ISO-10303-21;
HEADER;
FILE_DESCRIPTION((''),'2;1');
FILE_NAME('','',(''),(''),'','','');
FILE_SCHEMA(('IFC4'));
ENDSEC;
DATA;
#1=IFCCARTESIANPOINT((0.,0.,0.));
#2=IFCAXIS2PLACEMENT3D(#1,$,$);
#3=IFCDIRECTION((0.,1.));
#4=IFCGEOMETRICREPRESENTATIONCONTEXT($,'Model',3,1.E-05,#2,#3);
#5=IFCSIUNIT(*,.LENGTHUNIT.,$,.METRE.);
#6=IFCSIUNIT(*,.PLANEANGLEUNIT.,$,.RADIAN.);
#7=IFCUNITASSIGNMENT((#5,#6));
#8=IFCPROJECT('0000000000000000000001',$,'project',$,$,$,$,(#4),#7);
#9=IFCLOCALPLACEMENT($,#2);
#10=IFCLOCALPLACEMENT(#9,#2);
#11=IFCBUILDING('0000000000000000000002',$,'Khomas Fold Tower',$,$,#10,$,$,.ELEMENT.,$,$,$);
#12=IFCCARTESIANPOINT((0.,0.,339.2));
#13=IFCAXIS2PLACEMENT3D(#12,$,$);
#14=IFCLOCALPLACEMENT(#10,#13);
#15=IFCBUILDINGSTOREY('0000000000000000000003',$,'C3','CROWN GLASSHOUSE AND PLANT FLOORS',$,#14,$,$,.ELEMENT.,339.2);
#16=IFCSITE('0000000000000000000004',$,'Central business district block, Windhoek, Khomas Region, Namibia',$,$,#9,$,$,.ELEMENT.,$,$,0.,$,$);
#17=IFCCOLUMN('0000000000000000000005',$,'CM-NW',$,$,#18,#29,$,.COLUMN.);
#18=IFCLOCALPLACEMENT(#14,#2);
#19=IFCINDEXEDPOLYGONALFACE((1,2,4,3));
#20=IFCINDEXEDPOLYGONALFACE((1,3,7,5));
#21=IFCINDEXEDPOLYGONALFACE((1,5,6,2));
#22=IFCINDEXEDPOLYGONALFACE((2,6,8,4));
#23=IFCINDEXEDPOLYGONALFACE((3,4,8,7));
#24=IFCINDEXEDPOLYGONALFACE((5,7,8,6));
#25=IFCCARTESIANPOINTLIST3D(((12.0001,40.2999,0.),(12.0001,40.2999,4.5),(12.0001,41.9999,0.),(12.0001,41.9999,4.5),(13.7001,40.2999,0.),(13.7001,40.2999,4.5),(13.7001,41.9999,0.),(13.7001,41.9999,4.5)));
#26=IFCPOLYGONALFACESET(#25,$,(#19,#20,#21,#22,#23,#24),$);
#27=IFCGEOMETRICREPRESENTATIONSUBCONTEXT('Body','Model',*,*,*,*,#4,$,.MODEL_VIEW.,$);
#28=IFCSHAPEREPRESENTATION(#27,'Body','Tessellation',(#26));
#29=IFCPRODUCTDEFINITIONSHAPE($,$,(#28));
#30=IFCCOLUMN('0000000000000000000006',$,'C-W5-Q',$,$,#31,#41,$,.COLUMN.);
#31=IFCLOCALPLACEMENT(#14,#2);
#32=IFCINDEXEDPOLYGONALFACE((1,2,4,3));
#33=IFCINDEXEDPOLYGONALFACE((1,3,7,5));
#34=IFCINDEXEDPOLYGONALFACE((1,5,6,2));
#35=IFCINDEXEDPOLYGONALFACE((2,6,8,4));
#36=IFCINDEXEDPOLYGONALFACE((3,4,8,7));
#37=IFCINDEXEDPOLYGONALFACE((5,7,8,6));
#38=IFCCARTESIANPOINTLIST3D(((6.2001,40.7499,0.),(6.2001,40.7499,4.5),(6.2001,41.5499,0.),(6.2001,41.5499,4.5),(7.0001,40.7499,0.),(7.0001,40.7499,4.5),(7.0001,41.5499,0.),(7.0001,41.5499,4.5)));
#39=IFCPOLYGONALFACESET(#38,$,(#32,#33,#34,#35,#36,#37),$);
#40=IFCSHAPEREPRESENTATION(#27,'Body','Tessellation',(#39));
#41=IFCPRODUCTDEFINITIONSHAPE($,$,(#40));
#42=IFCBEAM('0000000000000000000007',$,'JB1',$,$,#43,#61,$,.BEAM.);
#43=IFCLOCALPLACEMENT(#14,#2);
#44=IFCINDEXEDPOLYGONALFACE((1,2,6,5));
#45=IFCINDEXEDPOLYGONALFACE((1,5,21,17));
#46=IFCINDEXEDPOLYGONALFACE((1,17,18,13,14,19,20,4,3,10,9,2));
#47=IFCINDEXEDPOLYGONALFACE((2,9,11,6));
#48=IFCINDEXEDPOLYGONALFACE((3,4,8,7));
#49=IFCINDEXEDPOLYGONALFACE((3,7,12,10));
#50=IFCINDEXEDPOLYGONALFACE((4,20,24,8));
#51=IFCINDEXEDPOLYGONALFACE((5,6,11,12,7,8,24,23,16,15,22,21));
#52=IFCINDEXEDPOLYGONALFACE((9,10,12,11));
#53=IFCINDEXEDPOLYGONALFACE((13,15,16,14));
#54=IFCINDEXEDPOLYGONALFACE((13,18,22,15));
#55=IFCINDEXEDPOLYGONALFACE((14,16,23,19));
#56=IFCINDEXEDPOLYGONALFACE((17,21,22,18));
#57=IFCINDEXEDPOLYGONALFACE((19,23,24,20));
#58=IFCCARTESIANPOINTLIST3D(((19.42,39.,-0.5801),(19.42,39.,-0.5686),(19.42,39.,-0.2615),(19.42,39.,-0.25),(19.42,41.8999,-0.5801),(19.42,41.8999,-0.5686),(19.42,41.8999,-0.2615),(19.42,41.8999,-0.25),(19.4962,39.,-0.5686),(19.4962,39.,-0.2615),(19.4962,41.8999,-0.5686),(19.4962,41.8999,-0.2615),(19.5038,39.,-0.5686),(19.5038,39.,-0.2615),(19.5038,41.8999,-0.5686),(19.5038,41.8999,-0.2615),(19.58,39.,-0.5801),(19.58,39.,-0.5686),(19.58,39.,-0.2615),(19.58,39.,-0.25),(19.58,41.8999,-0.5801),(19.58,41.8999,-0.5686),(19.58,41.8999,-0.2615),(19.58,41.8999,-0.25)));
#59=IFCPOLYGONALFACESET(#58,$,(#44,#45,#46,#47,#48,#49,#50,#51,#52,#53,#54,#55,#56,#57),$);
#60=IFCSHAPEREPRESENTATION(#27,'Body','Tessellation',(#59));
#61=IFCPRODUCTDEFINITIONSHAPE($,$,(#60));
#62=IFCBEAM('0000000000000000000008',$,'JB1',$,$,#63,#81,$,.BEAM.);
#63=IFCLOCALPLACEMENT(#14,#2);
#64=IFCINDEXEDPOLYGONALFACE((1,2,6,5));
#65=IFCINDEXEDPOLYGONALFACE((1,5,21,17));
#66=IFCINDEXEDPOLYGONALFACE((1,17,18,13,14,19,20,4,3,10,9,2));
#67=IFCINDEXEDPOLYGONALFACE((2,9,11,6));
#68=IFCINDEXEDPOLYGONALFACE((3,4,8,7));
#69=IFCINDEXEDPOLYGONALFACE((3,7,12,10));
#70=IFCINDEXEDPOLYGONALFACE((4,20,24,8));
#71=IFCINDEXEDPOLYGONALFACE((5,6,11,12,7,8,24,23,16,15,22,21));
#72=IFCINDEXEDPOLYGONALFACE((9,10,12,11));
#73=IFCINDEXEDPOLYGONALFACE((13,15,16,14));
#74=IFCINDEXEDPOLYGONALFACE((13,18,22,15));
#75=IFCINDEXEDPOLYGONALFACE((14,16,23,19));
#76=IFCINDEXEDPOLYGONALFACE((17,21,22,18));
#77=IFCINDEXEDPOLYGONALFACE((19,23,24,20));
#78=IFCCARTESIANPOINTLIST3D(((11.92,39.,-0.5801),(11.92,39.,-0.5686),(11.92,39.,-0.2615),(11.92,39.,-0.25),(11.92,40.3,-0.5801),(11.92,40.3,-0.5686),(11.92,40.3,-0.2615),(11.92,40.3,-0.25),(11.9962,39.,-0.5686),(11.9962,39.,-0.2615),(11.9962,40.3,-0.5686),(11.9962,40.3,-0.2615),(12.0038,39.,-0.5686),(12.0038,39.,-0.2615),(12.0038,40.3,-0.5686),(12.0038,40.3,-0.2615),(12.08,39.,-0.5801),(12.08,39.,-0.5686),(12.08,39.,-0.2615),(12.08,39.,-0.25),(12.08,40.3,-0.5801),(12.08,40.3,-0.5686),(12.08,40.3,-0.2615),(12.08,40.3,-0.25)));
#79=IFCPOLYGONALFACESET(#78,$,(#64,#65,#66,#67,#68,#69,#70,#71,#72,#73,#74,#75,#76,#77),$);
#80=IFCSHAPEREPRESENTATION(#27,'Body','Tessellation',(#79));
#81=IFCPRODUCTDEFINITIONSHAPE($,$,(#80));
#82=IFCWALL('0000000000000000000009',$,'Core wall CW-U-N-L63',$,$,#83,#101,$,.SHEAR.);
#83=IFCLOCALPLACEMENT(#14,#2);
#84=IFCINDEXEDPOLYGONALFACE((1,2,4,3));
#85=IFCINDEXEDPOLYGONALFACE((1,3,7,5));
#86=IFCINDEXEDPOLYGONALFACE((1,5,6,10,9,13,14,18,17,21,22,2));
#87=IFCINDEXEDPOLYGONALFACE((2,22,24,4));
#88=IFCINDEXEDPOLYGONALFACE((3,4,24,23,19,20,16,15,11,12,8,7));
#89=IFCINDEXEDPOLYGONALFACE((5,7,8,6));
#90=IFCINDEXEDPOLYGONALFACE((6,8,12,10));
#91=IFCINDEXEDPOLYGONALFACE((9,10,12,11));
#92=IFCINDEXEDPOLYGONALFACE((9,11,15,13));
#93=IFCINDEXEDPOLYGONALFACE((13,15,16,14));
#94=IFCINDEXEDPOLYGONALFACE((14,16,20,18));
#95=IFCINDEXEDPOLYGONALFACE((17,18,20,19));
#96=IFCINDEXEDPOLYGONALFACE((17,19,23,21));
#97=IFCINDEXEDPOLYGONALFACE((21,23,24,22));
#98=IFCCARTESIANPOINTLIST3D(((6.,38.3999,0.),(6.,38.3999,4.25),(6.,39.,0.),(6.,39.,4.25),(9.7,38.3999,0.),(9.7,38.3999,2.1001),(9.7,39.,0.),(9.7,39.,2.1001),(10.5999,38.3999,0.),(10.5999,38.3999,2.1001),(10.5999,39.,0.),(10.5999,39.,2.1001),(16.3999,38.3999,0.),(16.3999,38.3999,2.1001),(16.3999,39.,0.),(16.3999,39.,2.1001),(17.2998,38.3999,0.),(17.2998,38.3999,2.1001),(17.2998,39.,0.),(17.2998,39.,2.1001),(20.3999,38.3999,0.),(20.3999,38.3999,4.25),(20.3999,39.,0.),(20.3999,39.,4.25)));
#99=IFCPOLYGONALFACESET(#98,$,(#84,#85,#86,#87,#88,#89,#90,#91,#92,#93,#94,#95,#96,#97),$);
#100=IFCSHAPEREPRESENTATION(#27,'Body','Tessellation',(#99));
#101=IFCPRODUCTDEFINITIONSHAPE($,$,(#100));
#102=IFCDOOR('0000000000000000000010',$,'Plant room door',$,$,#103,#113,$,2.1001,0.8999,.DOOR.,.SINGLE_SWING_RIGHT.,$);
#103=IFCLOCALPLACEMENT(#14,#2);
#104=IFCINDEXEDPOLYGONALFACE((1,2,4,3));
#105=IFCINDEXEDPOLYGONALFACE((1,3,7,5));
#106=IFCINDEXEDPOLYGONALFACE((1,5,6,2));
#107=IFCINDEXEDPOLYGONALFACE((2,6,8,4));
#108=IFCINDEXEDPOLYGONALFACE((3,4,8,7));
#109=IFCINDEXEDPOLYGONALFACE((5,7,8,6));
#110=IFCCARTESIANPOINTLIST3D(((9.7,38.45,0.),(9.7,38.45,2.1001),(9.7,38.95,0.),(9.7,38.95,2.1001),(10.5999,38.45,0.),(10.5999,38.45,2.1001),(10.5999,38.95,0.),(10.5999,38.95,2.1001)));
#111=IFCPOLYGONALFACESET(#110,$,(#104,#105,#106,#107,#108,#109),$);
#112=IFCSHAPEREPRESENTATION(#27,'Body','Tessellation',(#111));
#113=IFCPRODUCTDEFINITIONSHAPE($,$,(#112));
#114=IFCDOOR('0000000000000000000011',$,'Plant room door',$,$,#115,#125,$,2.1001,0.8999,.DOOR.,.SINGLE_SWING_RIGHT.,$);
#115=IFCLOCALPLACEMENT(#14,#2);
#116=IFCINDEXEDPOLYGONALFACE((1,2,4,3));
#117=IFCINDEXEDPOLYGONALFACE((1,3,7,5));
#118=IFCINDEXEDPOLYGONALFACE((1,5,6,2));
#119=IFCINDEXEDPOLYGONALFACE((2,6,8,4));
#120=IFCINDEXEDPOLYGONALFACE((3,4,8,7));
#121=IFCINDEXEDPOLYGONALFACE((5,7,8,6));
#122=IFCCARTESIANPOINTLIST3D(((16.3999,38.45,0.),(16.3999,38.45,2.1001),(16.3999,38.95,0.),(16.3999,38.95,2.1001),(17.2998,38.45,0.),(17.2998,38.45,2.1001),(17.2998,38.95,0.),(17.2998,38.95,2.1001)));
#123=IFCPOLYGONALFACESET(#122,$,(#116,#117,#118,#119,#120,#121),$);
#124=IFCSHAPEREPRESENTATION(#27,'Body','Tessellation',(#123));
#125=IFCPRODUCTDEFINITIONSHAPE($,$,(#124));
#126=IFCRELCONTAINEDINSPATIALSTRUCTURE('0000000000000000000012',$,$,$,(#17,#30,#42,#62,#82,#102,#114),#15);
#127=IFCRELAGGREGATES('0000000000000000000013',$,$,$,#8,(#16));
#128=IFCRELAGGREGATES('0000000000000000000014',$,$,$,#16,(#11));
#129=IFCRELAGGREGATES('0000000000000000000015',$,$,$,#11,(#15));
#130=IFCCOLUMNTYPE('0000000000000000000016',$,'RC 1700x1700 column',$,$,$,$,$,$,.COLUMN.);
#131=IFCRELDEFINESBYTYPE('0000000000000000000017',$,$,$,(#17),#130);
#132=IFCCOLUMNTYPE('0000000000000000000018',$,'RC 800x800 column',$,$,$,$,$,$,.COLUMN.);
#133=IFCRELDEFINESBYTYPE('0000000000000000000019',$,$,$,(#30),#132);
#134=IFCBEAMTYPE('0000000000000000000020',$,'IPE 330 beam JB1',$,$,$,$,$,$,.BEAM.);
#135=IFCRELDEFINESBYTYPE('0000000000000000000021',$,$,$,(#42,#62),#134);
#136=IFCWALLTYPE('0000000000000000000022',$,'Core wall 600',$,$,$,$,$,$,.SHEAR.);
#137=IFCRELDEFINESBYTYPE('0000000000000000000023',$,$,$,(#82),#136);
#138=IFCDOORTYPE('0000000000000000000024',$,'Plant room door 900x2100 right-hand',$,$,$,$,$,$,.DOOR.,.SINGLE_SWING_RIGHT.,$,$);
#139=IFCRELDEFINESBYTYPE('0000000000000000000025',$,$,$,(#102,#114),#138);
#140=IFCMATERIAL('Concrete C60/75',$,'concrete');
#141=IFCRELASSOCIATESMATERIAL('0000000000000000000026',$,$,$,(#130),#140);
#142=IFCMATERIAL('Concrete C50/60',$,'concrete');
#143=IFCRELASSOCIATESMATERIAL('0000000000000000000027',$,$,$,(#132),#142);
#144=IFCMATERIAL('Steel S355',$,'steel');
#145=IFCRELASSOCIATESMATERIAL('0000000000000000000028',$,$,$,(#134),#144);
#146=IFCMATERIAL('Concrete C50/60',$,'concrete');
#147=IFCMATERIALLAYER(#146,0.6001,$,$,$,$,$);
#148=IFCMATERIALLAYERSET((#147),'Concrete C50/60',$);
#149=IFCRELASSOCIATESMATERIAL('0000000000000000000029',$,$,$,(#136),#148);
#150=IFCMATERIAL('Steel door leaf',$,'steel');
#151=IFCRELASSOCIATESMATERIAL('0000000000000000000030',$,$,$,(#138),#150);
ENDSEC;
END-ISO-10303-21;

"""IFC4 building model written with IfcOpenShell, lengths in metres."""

from ifc_helpers import new_model, si_unit, direction, frame, frame_2d, origin, origin_2d, place, context, subcontext, project, spatial, rectangle, i_section, extrude, source, transform, mapped, material, layer, layer_set, material_profile, profile_set, type_object, element, fill, save


model = new_model("IFC4")

# Units and contexts
model_context = context("Model", 3, precision=1e-05, world=origin(), true_north=direction((0.0, 1.0)))
body_context = subcontext(model_context, "Body", "Model", "MODEL_VIEW")
ifc_project = project(units=[si_unit("LENGTHUNIT", "METRE"), si_unit("PLANEANGLEUNIT", "RADIAN")], contexts=[model_context])

# Site, building, storey
site_placement = place(None, origin())
site = spatial("IfcSite", under=ifc_project, at=site_placement, Name="Central business district block, Windhoek, Khomas Region, Namibia", CompositionType="ELEMENT", RefElevation=0.0)
building_placement = place(site_placement, origin())
building = spatial("IfcBuilding", under=site, at=building_placement, Name="Khomas Fold Tower", CompositionType="ELEMENT")
storey_placement = place(building_placement, frame((0.0, 0.0, 339.2)))
storey = spatial("IfcBuildingStorey", under=building, at=storey_placement, Name="C3", Description="CROWN GLASSHOUSE AND PLANT FLOORS", CompositionType="ELEMENT", Elevation=339.2)

# Columns
ifc_material_1 = material(Name="Concrete C60/75", Category="concrete")
ifc_material_profile_1 = material_profile(ifc_material_1, rectangle(XDim=1.7, YDim=1.7, at=origin_2d()), Name="RC 1700x1700")
ifc_profile_set_1 = profile_set([ifc_material_profile_1], Name="Concrete C60/75")
column_type_1 = type_object("IfcColumnType", Name="RC 1700x1700 column", PredefinedType="COLUMN", material=ifc_profile_set_1)
shared_shape_1 = source(origin(), body_context, "Body", "SweptSolid", [
    extrude(rectangle(XDim=1.7, YDim=1.7, at=origin_2d()), origin(), (0.0, 0.0, 1.0), 4.5),
])
column_1_placement = place(storey_placement, frame((12.8501, 41.1499, 0.0), z_axis=(0.0, 0.0, 1.0), x_axis=(1.0, 0.0, 0.0)))
element("IfcColumn", 1, at=column_1_placement, inside=storey, type_object=column_type_1, Name="CM-NW", PredefinedType="COLUMN", context=body_context, shape_type="MappedRepresentation", body=[
    mapped(shared_shape_1, transform((0.0, 0.0, 0.0))),
])
ifc_material_2 = material(Name="Concrete C50/60", Category="concrete")
ifc_material_profile_2 = material_profile(ifc_material_2, rectangle(XDim=0.8, YDim=0.8, at=origin_2d()), Name="RC 800x800")
ifc_profile_set_2 = profile_set([ifc_material_profile_2], Name="Concrete C50/60")
column_type_2 = type_object("IfcColumnType", Name="RC 800x800 column", PredefinedType="COLUMN", material=ifc_profile_set_2)
shared_shape_2 = source(origin(), body_context, "Body", "SweptSolid", [
    extrude(rectangle(XDim=0.8, YDim=0.8, at=origin_2d()), origin(), (0.0, 0.0, 1.0), 4.5),
])
column_2_placement = place(storey_placement, frame((6.6001, 41.1499, 0.0), z_axis=(0.0, 0.0, 1.0), x_axis=(1.0, 0.0, 0.0)))
element("IfcColumn", 2, at=column_2_placement, inside=storey, type_object=column_type_2, Name="C-W5-Q", PredefinedType="COLUMN", context=body_context, shape_type="MappedRepresentation", body=[
    mapped(shared_shape_2, transform((0.0, 0.0, 0.0))),
])

# Beams
ifc_material_3 = material(Name="Steel S355", Category="steel")
ifc_material_profile_3 = material_profile(ifc_material_3, i_section(OverallWidth=0.1599, OverallDepth=0.3301, WebThickness=0.0076, FlangeThickness=0.0115, at=origin_2d()), Name="IPE 330")
ifc_profile_set_3 = profile_set([ifc_material_profile_3], Name="Steel S355")
beam_type = type_object("IfcBeamType", Name="IPE 330 beam JB1", PredefinedType="BEAM", material=ifc_profile_set_3)
shared_shape_3 = source(origin(), body_context, "Body", "SweptSolid", [
    extrude(i_section(OverallWidth=0.1599, OverallDepth=0.3301, WebThickness=0.0076, FlangeThickness=0.0115, at=origin_2d()), origin(), (0.0, 0.0, 1.0), 2.8999),
])
beam_1_placement = place(storey_placement, frame((19.5, 39.0, -0.415), z_axis=(0.0, 1.0, 0.0), x_axis=(-1.0, 0.0, 0.0)))
element("IfcBeam", 3, at=beam_1_placement, inside=storey, type_object=beam_type, Name="JB1", PredefinedType="BEAM", context=body_context, shape_type="MappedRepresentation", body=[
    mapped(shared_shape_3, transform((0.0, 0.0, 0.0))),
])
shared_shape_4 = source(origin(), body_context, "Body", "SweptSolid", [
    extrude(i_section(OverallWidth=0.1599, OverallDepth=0.3301, WebThickness=0.0076, FlangeThickness=0.0115, at=origin_2d()), origin(), (0.0, 0.0, 1.0), 1.3),
])
beam_2_placement = place(storey_placement, frame((12.0, 39.0, -0.415), z_axis=(0.0, 1.0, 0.0), x_axis=(-1.0, 0.0, 0.0)))
element("IfcBeam", 4, at=beam_2_placement, inside=storey, type_object=beam_type, Name="JB1", PredefinedType="BEAM", context=body_context, shape_type="MappedRepresentation", body=[
    mapped(shared_shape_4, transform((0.0, 0.0, 0.0))),
])

# Wall, openings, doors
ifc_material_4 = material(Name="Concrete C50/60", Category="concrete")
ifc_layer_1 = layer(ifc_material_4, 0.6001)
ifc_layer_set_1 = layer_set([ifc_layer_1], Name="Concrete C50/60")
wall_type_1 = type_object("IfcWallType", Name="Core wall 600", PredefinedType="SHEAR", material=ifc_layer_set_1)
shared_shape_5 = source(origin(), body_context, "Body", "SweptSolid", [
    extrude(rectangle(XDim=14.3999, YDim=0.6001, at=frame_2d((7.2, 0.0))), origin(), (0.0, 0.0, 1.0), 4.25),
])
wall_1_placement = place(storey_placement, frame((6.0, 38.7, 0.0), z_axis=(0.0, 0.0, 1.0), x_axis=(1.0, 0.0, 0.0)))
wall_1 = element("IfcWall", 5, at=wall_1_placement, inside=storey, type_object=wall_type_1, Name="Core wall CW-U-N-L63", PredefinedType="SHEAR", context=body_context, shape_type="MappedRepresentation", body=[
    mapped(shared_shape_5, transform((0.0, 0.0, 0.0))),
])
shared_shape_6 = source(origin(), body_context, "Body", "SweptSolid", [
    extrude(rectangle(XDim=0.8999, YDim=2.1001, at=frame_2d((0.45, 1.05))), frame((0.0, 0.3101, 0.0), z_axis=(0.0, -1.0, 0.0), x_axis=(1.0, 0.0, 0.0)), (0.0, 0.0, 1.0), 0.6201),
])
opening_1_placement = place(wall_1_placement, frame((3.7, 0.0, 0.0)))
opening_1 = element("IfcOpeningElement", 6, at=opening_1_placement, cuts=wall_1, PredefinedType="OPENING", context=body_context, shape_type="MappedRepresentation", body=[
    mapped(shared_shape_6, transform((0.0, 0.0, 0.0))),
])
opening_2_placement = place(wall_1_placement, frame((10.3999, 0.0, 0.0)))
opening_2 = element("IfcOpeningElement", 7, at=opening_2_placement, cuts=wall_1, PredefinedType="OPENING", context=body_context, shape_type="MappedRepresentation", body=[
    mapped(shared_shape_6, transform((0.0, 0.0, 0.0))),
])
ifc_material_5 = material(Name="Steel door leaf", Category="steel")
door_type = type_object("IfcDoorType", Name="Plant room door 900x2100 right-hand", OperationType="SINGLE_SWING_RIGHT", PredefinedType="DOOR", material=ifc_material_5)
shared_shape_7 = source(origin(), body_context, "Body", "SweptSolid", [
    extrude(rectangle(XDim=0.8999, YDim=2.1001, at=frame_2d((0.45, 1.05))), frame((0.0, 0.25, 0.0), z_axis=(0.0, -1.0, 0.0), x_axis=(1.0, 0.0, 0.0)), (0.0, 0.0, 1.0), 0.5),
])
door_1_placement = place(opening_1_placement, origin())
door_1 = element("IfcDoor", 8, at=door_1_placement, inside=storey, type_object=door_type, Name="Plant room door", OperationType="SINGLE_SWING_RIGHT", OverallHeight=2.1001, OverallWidth=0.8999, PredefinedType="DOOR", context=body_context, shape_type="MappedRepresentation", body=[
    mapped(shared_shape_7, transform((0.0, 0.0, 0.0))),
])
fill(opening_1, door_1)
door_2_placement = place(opening_2_placement, origin())
door_2 = element("IfcDoor", 9, at=door_2_placement, inside=storey, type_object=door_type, Name="Plant room door", OperationType="SINGLE_SWING_RIGHT", OverallHeight=2.1001, OverallWidth=0.8999, PredefinedType="DOOR", context=body_context, shape_type="MappedRepresentation", body=[
    mapped(shared_shape_7, transform((0.0, 0.0, 0.0))),
])
fill(opening_2, door_2)

save(model, "model.ifc")
